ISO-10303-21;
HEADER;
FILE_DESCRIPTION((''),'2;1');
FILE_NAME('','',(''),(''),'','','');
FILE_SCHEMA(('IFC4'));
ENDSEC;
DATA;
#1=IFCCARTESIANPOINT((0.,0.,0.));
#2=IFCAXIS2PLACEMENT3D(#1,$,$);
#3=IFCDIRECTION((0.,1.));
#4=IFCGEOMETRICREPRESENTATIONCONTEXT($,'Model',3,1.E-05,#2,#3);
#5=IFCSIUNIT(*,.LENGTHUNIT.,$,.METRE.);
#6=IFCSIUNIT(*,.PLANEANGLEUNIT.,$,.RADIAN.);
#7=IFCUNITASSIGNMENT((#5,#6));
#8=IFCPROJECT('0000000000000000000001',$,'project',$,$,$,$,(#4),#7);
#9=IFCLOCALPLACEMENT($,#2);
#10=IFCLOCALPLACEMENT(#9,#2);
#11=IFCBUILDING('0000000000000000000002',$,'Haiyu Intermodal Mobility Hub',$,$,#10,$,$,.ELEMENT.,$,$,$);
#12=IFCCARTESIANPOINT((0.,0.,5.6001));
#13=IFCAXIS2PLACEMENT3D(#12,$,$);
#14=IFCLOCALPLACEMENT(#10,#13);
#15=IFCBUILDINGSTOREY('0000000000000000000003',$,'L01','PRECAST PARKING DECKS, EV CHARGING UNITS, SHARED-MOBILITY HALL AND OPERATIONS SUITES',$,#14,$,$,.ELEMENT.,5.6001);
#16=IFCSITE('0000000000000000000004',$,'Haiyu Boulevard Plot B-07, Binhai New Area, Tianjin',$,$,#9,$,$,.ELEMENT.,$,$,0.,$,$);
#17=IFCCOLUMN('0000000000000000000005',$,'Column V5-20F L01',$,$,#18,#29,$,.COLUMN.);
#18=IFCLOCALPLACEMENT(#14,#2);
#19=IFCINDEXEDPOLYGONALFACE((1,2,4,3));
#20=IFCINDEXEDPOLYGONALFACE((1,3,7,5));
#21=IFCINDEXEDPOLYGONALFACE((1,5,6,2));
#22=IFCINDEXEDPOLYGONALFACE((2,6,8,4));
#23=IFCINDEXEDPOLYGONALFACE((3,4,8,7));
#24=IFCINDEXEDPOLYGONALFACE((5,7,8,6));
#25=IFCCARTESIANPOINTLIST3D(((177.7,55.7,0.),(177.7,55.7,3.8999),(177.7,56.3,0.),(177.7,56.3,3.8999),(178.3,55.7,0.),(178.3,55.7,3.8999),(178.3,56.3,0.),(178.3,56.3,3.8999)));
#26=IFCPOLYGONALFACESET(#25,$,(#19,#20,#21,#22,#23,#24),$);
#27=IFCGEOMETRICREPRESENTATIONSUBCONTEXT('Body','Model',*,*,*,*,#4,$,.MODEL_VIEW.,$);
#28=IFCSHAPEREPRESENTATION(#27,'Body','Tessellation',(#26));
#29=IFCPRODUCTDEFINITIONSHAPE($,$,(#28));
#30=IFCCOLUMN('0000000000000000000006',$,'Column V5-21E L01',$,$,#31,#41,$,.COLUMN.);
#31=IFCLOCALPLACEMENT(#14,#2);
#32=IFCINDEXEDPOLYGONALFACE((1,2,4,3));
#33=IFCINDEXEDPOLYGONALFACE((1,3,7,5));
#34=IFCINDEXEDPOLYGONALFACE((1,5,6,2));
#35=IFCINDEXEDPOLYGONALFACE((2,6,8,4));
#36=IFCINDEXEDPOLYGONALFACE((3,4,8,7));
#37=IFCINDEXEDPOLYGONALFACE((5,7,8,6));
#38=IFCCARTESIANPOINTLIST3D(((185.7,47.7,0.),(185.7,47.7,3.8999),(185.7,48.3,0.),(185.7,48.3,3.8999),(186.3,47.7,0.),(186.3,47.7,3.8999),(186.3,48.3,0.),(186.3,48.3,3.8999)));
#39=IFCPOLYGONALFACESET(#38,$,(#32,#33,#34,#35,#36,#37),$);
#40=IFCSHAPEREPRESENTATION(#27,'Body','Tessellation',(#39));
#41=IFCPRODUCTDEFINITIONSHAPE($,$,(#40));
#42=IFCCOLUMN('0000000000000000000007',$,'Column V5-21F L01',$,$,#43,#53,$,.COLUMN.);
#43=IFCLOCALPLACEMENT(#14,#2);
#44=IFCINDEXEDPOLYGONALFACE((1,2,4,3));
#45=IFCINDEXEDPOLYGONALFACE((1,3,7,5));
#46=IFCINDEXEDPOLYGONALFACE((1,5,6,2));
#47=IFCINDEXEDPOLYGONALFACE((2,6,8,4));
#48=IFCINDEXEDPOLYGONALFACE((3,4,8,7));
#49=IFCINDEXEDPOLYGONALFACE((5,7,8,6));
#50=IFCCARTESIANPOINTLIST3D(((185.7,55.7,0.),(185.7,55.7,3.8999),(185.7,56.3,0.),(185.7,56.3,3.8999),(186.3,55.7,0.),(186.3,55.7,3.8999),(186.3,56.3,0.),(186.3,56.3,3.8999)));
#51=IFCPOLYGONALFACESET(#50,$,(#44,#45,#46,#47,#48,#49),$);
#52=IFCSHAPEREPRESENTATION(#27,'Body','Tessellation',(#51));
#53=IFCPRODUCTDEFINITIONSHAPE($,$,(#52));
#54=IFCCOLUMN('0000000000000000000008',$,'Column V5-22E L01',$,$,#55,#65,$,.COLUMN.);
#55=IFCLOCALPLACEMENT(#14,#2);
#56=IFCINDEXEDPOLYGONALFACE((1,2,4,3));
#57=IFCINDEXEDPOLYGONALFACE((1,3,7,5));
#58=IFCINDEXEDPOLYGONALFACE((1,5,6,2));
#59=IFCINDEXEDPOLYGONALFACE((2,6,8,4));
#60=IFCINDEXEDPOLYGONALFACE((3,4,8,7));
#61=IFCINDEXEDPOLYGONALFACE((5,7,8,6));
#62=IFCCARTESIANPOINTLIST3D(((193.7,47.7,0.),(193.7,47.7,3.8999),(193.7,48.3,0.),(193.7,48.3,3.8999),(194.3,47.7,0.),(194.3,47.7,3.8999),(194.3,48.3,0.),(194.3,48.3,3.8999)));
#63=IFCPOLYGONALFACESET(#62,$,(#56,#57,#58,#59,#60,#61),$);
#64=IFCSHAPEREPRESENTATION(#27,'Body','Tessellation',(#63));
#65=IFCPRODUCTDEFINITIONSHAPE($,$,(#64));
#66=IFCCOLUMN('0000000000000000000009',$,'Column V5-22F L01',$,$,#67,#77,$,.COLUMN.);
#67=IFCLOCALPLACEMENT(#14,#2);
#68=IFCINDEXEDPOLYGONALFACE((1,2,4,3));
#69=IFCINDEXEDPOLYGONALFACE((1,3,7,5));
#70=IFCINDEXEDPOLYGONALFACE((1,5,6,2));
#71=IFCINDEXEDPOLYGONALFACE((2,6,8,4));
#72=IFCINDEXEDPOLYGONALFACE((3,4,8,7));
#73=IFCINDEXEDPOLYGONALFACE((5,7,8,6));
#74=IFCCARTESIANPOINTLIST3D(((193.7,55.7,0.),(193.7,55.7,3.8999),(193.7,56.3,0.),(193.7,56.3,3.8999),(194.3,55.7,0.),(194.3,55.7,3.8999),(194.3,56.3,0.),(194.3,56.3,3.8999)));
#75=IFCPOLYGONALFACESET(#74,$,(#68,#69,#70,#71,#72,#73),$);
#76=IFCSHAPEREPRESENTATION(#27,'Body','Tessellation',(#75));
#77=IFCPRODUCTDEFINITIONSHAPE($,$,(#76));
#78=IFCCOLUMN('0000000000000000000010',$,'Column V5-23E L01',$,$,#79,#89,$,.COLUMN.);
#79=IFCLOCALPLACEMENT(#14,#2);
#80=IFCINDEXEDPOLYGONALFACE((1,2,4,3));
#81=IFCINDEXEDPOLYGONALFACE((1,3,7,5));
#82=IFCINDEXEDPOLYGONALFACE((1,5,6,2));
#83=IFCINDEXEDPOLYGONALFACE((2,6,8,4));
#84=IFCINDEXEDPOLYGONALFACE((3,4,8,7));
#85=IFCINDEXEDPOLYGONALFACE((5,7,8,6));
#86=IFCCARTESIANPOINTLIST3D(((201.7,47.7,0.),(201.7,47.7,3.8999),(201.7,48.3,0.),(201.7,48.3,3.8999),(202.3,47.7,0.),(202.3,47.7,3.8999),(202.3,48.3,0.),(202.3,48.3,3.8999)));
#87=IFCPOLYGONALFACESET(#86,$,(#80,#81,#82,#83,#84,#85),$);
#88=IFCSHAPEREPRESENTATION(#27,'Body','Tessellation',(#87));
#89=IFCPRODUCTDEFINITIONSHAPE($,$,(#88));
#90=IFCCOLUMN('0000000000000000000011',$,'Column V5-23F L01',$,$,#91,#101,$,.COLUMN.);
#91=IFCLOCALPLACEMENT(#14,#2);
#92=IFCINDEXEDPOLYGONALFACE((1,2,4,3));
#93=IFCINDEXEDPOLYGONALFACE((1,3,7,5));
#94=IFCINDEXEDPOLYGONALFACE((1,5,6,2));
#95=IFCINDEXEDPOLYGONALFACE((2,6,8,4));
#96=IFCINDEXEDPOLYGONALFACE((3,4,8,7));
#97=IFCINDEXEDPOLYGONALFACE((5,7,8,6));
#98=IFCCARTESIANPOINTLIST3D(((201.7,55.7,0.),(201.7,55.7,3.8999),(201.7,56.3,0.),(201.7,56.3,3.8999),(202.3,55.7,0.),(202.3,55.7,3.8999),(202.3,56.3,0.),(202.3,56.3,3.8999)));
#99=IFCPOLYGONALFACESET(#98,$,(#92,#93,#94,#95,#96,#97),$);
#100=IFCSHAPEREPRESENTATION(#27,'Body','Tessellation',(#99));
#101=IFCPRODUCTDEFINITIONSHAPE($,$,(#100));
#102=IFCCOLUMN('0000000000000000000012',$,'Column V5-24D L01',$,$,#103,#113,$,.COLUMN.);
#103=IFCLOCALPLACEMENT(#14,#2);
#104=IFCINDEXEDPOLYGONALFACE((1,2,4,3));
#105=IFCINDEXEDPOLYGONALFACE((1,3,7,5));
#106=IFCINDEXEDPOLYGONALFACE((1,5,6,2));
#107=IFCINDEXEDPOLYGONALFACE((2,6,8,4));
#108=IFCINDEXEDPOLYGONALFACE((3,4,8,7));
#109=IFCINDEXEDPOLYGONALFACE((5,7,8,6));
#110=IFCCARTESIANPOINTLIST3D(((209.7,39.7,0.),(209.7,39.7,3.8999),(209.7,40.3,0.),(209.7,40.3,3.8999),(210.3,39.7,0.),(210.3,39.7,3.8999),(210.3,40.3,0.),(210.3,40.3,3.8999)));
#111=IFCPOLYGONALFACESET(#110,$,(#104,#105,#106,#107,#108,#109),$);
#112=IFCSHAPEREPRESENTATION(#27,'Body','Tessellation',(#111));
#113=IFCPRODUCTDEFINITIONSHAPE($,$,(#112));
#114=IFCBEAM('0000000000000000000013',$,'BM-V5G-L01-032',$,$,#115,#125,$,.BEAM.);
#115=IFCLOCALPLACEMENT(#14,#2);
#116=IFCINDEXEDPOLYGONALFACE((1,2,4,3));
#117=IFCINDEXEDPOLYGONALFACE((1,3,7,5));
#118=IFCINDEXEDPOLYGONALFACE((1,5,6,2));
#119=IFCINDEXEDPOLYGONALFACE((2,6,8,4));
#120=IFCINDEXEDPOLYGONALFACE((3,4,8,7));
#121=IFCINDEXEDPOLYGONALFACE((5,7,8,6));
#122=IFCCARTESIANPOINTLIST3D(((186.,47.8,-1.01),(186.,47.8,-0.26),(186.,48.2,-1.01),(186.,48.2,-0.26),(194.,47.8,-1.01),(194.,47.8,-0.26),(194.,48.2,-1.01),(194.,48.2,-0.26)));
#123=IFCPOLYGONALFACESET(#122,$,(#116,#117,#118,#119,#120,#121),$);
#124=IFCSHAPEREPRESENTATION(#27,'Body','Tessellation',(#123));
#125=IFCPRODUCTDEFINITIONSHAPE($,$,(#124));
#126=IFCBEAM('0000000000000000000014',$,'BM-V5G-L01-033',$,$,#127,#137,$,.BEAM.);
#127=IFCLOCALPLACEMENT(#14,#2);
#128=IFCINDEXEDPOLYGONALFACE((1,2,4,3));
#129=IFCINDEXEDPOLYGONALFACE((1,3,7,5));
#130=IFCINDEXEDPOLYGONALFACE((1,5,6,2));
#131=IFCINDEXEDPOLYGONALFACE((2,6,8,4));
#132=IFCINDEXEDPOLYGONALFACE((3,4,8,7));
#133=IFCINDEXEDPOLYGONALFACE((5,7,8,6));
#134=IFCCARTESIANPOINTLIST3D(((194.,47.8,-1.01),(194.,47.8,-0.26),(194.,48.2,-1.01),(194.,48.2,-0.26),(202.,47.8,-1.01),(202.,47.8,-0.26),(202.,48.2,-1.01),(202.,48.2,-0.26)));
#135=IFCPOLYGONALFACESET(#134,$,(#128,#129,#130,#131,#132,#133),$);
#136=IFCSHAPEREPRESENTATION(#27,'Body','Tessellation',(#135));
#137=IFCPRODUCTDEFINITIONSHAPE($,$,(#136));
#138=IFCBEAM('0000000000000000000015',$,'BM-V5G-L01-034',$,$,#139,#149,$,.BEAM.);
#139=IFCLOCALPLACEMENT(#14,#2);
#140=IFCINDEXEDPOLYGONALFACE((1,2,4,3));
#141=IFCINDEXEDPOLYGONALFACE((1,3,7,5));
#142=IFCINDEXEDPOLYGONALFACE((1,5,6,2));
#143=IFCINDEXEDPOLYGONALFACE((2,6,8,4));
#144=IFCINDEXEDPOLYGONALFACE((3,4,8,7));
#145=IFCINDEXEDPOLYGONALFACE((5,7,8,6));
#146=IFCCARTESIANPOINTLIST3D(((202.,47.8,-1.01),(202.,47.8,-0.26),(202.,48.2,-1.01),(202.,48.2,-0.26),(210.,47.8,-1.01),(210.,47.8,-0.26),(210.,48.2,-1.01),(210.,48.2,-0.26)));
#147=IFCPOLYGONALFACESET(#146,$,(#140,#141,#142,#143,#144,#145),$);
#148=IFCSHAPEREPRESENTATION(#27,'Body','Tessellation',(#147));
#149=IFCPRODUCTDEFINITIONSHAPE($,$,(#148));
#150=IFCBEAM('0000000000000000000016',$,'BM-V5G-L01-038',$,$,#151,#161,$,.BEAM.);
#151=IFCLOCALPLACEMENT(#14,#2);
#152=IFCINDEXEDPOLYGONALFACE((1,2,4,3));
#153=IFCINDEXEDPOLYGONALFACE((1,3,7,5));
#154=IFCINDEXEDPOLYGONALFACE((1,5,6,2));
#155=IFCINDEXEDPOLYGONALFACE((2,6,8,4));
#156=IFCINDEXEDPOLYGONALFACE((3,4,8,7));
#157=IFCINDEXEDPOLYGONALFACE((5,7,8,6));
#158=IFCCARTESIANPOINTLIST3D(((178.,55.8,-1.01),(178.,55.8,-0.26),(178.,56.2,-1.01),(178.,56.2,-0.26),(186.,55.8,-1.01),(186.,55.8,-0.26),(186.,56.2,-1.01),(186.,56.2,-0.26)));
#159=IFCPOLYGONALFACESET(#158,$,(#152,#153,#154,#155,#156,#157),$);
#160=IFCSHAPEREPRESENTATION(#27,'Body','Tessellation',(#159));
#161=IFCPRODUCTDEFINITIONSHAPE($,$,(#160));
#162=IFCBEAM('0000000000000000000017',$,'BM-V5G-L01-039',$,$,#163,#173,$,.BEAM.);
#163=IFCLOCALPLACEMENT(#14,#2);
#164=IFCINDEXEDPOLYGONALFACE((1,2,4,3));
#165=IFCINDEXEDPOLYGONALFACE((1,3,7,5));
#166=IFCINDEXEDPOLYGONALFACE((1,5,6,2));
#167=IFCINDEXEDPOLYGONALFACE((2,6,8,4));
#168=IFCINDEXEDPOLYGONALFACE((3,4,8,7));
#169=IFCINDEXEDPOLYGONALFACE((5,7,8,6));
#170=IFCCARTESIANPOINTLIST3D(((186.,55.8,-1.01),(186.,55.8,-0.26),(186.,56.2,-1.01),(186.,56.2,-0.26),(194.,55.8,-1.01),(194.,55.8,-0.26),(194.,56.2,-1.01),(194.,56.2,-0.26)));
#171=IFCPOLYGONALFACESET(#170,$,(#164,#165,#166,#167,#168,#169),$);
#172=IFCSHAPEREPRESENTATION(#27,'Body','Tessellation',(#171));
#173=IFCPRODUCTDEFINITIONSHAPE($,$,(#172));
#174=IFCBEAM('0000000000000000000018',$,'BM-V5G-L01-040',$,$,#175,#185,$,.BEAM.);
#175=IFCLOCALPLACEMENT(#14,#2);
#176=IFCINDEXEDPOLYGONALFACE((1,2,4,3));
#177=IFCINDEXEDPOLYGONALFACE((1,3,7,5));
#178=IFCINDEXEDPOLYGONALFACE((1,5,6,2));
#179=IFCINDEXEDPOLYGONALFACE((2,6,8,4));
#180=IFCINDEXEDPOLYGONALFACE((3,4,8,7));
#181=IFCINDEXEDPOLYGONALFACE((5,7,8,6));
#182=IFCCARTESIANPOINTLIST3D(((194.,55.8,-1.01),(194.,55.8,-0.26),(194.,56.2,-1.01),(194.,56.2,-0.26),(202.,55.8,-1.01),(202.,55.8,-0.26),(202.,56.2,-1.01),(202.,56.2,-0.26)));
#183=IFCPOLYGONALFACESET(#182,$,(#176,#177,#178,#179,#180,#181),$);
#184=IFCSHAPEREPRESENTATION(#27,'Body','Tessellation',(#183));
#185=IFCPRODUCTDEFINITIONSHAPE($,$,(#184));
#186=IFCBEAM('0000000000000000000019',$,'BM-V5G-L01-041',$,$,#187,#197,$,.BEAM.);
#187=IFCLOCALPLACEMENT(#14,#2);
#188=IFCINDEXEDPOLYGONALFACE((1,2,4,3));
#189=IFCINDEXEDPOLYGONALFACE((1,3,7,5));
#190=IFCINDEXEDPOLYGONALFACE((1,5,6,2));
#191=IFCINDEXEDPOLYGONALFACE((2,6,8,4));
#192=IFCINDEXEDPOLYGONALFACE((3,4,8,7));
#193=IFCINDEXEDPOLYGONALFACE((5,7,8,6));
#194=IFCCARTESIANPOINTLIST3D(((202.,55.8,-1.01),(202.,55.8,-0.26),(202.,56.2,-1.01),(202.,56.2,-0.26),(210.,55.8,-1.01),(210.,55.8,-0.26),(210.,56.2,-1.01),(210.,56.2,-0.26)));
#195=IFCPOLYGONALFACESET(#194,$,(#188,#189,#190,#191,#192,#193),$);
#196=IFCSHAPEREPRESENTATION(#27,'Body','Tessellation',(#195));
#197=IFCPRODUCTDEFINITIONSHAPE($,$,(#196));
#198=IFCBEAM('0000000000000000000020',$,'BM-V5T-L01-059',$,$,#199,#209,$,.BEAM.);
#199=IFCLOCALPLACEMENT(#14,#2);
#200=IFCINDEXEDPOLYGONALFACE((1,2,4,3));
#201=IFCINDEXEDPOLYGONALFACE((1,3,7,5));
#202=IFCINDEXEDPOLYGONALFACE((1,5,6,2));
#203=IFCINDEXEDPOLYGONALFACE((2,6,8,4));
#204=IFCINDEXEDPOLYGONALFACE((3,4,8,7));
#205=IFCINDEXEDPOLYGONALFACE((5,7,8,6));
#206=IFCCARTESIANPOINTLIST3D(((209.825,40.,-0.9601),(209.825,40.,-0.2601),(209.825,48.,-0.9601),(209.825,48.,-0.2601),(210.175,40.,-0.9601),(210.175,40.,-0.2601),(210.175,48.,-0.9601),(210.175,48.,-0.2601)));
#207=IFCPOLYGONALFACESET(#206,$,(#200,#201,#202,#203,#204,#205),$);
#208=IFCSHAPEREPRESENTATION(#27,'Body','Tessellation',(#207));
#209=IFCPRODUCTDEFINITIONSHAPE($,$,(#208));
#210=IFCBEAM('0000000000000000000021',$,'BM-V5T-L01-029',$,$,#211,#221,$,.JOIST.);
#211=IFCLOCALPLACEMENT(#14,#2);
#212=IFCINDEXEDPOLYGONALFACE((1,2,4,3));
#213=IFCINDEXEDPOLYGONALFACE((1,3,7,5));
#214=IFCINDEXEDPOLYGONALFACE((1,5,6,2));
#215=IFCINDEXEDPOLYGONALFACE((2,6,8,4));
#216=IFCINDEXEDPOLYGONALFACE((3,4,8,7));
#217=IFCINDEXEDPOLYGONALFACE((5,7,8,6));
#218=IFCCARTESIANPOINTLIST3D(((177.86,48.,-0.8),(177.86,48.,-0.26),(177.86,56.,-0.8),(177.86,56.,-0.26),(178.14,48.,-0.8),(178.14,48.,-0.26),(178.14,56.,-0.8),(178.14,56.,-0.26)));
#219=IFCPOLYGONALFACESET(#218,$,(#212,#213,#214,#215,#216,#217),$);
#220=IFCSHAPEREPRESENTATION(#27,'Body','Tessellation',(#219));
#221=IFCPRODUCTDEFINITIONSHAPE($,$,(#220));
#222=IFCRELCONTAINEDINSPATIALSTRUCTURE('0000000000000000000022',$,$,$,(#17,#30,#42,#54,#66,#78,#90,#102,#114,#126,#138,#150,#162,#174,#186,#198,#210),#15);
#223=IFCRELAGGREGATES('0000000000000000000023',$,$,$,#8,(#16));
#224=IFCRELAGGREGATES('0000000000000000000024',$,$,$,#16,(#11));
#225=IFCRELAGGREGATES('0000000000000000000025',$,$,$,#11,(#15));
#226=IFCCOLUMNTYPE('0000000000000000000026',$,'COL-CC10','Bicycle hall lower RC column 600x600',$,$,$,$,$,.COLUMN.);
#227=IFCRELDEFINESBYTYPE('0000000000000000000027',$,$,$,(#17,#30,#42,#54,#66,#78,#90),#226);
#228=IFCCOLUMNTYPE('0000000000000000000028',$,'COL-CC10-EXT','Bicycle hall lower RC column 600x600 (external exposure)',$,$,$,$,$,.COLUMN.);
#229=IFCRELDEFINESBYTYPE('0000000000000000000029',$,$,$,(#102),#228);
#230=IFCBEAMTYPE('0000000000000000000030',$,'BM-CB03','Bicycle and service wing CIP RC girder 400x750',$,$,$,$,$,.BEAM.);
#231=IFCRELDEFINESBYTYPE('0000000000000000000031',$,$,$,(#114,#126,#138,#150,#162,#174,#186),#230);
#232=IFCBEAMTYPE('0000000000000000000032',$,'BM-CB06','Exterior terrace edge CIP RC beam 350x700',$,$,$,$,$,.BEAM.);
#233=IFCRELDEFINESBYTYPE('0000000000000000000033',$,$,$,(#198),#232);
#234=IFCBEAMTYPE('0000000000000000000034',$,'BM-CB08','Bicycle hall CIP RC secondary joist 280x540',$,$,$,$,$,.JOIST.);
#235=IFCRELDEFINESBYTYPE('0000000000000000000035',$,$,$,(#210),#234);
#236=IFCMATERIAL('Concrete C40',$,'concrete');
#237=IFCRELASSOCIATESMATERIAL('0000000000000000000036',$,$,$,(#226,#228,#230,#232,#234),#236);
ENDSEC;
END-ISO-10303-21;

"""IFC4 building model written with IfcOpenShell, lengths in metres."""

from ifc_helpers import new_model, si_unit, direction, frame, origin, origin_2d, place, context, subcontext, project, spatial, rectangle, extrude, material, material_profile, profile_set, type_object, element, save


model = new_model("IFC4")

# Units and contexts
model_context = context("Model", 3, precision=1e-05, world=origin(), true_north=direction((0.0, 1.0)))
body_context = subcontext(model_context, "Body", "Model", "MODEL_VIEW")
ifc_project = project(units=[si_unit("LENGTHUNIT", "METRE"), si_unit("PLANEANGLEUNIT", "RADIAN")], contexts=[model_context])

# Site, building, storey
site_placement = place(None, origin())
site = spatial("IfcSite", under=ifc_project, at=site_placement, Name="Haiyu Boulevard Plot B-07, Binhai New Area, Tianjin", CompositionType="ELEMENT", RefElevation=0.0)
building_placement = place(site_placement, origin())
building = spatial("IfcBuilding", under=site, at=building_placement, Name="Haiyu Intermodal Mobility Hub", CompositionType="ELEMENT")
storey_placement = place(building_placement, frame((0.0, 0.0, 5.6001)))
storey = spatial("IfcBuildingStorey", under=building, at=storey_placement, Name="L01", Description="PRECAST PARKING DECKS, EV CHARGING UNITS, SHARED-MOBILITY HALL AND OPERATIONS SUITES", CompositionType="ELEMENT", Elevation=5.6001)

# Columns
ifc_material_1 = material(Name="Concrete C40", Category="concrete")
ifc_material_profile_1 = material_profile(ifc_material_1, rectangle(XDim=0.6001, YDim=0.6001, at=origin_2d()), Name="RC600x600")
ifc_profile_set_1 = profile_set([ifc_material_profile_1], Name="Concrete C40")
column_type_1 = type_object("IfcColumnType", Name="COL-CC10", Description="Bicycle hall lower RC column 600x600", PredefinedType="COLUMN", material=ifc_profile_set_1)
for number, where, z_axis, x_axis, name in (
    (1, (178.0, 56.0, 0.0), (0.0, 0.0, 1.0), (1.0, 0.0, 0.0), "Column V5-20F L01"),
    (2, (186.0, 48.0, 0.0), (0.0, 0.0, 1.0), (1.0, 0.0, 0.0), "Column V5-21E L01"),
    (3, (186.0, 56.0, 0.0), (0.0, 0.0, 1.0), (1.0, 0.0, 0.0), "Column V5-21F L01"),
    (4, (194.0, 48.0, 0.0), (0.0, 0.0, 1.0), (1.0, 0.0, 0.0), "Column V5-22E L01"),
    (5, (194.0, 56.0, 0.0), (0.0, 0.0, 1.0), (1.0, 0.0, 0.0), "Column V5-22F L01"),
    (6, (202.0, 48.0, 0.0), (0.0, 0.0, 1.0), (1.0, 0.0, 0.0), "Column V5-23E L01"),
    (7, (202.0, 56.0, 0.0), (0.0, 0.0, 1.0), (1.0, 0.0, 0.0), "Column V5-23F L01"),
):
    element("IfcColumn", number, at=place(storey_placement, frame(where, z_axis=z_axis, x_axis=x_axis)), inside=storey, type_object=column_type_1, Name=name, PredefinedType="COLUMN", context=body_context, shape_type="SweptSolid", body=[
        extrude(rectangle(XDim=0.6001, YDim=0.6001, at=origin_2d()), origin(), (0.0, 0.0, 1.0), 3.8999),
    ])
ifc_material_profile_2 = material_profile(ifc_material_1, rectangle(XDim=0.6001, YDim=0.6001, at=origin_2d()), Name="RC600x600")
ifc_profile_set_2 = profile_set([ifc_material_profile_2], Name="Concrete C40")
column_type_2 = type_object("IfcColumnType", Name="COL-CC10-EXT", Description="Bicycle hall lower RC column 600x600 (external exposure)", PredefinedType="COLUMN", material=ifc_profile_set_2)
column_placement = place(storey_placement, frame((210.0, 40.0, 0.0), z_axis=(0.0, 0.0, 1.0), x_axis=(1.0, 0.0, 0.0)))
element("IfcColumn", 8, at=column_placement, inside=storey, type_object=column_type_2, Name="Column V5-24D L01", PredefinedType="COLUMN", context=body_context, shape_type="SweptSolid", body=[
    extrude(rectangle(XDim=0.6001, YDim=0.6001, at=origin_2d()), origin(), (0.0, 0.0, 1.0), 3.8999),
])

# Beams
ifc_material_profile_3 = material_profile(ifc_material_1, rectangle(XDim=0.3999, YDim=0.75, at=origin_2d()), Name="RCB400x750")
ifc_profile_set_3 = profile_set([ifc_material_profile_3], Name="Concrete C40")
beam_type_1 = type_object("IfcBeamType", Name="BM-CB03", Description="Bicycle and service wing CIP RC girder 400x750", PredefinedType="BEAM", material=ifc_profile_set_3)
for number, where, z_axis, x_axis, name in (
    (9, (186.0, 48.0, -0.635), (1.0, 0.0, 0.0), (0.0, 1.0, 0.0), "BM-V5G-L01-032"),
    (10, (194.0, 48.0, -0.635), (1.0, 0.0, 0.0), (0.0, 1.0, 0.0), "BM-V5G-L01-033"),
    (11, (202.0, 48.0, -0.635), (1.0, 0.0, 0.0), (0.0, 1.0, 0.0), "BM-V5G-L01-034"),
    (12, (178.0, 56.0, -0.635), (1.0, 0.0, 0.0), (0.0, 1.0, 0.0), "BM-V5G-L01-038"),
    (13, (186.0, 56.0, -0.635), (1.0, 0.0, 0.0), (0.0, 1.0, 0.0), "BM-V5G-L01-039"),
    (14, (194.0, 56.0, -0.635), (1.0, 0.0, 0.0), (0.0, 1.0, 0.0), "BM-V5G-L01-040"),
    (15, (202.0, 56.0, -0.635), (1.0, 0.0, 0.0), (0.0, 1.0, 0.0), "BM-V5G-L01-041"),
):
    element("IfcBeam", number, at=place(storey_placement, frame(where, z_axis=z_axis, x_axis=x_axis)), inside=storey, type_object=beam_type_1, Name=name, PredefinedType="BEAM", context=body_context, shape_type="SweptSolid", body=[
        extrude(rectangle(XDim=0.3999, YDim=0.75, at=origin_2d()), origin(), (0.0, 0.0, 1.0), 8.0),
    ])
ifc_material_profile_4 = material_profile(ifc_material_1, rectangle(XDim=0.3501, YDim=0.7, at=origin_2d()), Name="RCB350x700")
ifc_profile_set_4 = profile_set([ifc_material_profile_4], Name="Concrete C40")
beam_type_2 = type_object("IfcBeamType", Name="BM-CB06", Description="Exterior terrace edge CIP RC beam 350x700", PredefinedType="BEAM", material=ifc_profile_set_4)
beam_placement = place(storey_placement, frame((210.0, 40.0, -0.6101), z_axis=(0.0, 1.0, 0.0), x_axis=(-1.0, 0.0, 0.0)))
element("IfcBeam", 16, at=beam_placement, inside=storey, type_object=beam_type_2, Name="BM-V5T-L01-059", PredefinedType="BEAM", context=body_context, shape_type="SweptSolid", body=[
    extrude(rectangle(XDim=0.3501, YDim=0.7, at=origin_2d()), origin(), (0.0, 0.0, 1.0), 8.0),
])
ifc_material_profile_5 = material_profile(ifc_material_1, rectangle(XDim=0.28, YDim=0.54, at=origin_2d()), Name="RCB280x540")
ifc_profile_set_5 = profile_set([ifc_material_profile_5], Name="Concrete C40")
beam_type_3 = type_object("IfcBeamType", Name="BM-CB08", Description="Bicycle hall CIP RC secondary joist 280x540", PredefinedType="JOIST", material=ifc_profile_set_5)
for number, where, z_axis, x_axis, name in (
    (17, (178.0, 48.0, -0.53), (0.0, 1.0, 0.0), (-1.0, 0.0, 0.0), "BM-V5T-L01-029"),
):
    element("IfcBeam", number, at=place(storey_placement, frame(where, z_axis=z_axis, x_axis=x_axis)), inside=storey, type_object=beam_type_3, Name=name, PredefinedType="JOIST", context=body_context, shape_type="SweptSolid", body=[
        extrude(rectangle(XDim=0.28, YDim=0.54, at=origin_2d()), origin(), (0.0, 0.0, 1.0), 8.0),
    ])

save(model, "model.ifc")
